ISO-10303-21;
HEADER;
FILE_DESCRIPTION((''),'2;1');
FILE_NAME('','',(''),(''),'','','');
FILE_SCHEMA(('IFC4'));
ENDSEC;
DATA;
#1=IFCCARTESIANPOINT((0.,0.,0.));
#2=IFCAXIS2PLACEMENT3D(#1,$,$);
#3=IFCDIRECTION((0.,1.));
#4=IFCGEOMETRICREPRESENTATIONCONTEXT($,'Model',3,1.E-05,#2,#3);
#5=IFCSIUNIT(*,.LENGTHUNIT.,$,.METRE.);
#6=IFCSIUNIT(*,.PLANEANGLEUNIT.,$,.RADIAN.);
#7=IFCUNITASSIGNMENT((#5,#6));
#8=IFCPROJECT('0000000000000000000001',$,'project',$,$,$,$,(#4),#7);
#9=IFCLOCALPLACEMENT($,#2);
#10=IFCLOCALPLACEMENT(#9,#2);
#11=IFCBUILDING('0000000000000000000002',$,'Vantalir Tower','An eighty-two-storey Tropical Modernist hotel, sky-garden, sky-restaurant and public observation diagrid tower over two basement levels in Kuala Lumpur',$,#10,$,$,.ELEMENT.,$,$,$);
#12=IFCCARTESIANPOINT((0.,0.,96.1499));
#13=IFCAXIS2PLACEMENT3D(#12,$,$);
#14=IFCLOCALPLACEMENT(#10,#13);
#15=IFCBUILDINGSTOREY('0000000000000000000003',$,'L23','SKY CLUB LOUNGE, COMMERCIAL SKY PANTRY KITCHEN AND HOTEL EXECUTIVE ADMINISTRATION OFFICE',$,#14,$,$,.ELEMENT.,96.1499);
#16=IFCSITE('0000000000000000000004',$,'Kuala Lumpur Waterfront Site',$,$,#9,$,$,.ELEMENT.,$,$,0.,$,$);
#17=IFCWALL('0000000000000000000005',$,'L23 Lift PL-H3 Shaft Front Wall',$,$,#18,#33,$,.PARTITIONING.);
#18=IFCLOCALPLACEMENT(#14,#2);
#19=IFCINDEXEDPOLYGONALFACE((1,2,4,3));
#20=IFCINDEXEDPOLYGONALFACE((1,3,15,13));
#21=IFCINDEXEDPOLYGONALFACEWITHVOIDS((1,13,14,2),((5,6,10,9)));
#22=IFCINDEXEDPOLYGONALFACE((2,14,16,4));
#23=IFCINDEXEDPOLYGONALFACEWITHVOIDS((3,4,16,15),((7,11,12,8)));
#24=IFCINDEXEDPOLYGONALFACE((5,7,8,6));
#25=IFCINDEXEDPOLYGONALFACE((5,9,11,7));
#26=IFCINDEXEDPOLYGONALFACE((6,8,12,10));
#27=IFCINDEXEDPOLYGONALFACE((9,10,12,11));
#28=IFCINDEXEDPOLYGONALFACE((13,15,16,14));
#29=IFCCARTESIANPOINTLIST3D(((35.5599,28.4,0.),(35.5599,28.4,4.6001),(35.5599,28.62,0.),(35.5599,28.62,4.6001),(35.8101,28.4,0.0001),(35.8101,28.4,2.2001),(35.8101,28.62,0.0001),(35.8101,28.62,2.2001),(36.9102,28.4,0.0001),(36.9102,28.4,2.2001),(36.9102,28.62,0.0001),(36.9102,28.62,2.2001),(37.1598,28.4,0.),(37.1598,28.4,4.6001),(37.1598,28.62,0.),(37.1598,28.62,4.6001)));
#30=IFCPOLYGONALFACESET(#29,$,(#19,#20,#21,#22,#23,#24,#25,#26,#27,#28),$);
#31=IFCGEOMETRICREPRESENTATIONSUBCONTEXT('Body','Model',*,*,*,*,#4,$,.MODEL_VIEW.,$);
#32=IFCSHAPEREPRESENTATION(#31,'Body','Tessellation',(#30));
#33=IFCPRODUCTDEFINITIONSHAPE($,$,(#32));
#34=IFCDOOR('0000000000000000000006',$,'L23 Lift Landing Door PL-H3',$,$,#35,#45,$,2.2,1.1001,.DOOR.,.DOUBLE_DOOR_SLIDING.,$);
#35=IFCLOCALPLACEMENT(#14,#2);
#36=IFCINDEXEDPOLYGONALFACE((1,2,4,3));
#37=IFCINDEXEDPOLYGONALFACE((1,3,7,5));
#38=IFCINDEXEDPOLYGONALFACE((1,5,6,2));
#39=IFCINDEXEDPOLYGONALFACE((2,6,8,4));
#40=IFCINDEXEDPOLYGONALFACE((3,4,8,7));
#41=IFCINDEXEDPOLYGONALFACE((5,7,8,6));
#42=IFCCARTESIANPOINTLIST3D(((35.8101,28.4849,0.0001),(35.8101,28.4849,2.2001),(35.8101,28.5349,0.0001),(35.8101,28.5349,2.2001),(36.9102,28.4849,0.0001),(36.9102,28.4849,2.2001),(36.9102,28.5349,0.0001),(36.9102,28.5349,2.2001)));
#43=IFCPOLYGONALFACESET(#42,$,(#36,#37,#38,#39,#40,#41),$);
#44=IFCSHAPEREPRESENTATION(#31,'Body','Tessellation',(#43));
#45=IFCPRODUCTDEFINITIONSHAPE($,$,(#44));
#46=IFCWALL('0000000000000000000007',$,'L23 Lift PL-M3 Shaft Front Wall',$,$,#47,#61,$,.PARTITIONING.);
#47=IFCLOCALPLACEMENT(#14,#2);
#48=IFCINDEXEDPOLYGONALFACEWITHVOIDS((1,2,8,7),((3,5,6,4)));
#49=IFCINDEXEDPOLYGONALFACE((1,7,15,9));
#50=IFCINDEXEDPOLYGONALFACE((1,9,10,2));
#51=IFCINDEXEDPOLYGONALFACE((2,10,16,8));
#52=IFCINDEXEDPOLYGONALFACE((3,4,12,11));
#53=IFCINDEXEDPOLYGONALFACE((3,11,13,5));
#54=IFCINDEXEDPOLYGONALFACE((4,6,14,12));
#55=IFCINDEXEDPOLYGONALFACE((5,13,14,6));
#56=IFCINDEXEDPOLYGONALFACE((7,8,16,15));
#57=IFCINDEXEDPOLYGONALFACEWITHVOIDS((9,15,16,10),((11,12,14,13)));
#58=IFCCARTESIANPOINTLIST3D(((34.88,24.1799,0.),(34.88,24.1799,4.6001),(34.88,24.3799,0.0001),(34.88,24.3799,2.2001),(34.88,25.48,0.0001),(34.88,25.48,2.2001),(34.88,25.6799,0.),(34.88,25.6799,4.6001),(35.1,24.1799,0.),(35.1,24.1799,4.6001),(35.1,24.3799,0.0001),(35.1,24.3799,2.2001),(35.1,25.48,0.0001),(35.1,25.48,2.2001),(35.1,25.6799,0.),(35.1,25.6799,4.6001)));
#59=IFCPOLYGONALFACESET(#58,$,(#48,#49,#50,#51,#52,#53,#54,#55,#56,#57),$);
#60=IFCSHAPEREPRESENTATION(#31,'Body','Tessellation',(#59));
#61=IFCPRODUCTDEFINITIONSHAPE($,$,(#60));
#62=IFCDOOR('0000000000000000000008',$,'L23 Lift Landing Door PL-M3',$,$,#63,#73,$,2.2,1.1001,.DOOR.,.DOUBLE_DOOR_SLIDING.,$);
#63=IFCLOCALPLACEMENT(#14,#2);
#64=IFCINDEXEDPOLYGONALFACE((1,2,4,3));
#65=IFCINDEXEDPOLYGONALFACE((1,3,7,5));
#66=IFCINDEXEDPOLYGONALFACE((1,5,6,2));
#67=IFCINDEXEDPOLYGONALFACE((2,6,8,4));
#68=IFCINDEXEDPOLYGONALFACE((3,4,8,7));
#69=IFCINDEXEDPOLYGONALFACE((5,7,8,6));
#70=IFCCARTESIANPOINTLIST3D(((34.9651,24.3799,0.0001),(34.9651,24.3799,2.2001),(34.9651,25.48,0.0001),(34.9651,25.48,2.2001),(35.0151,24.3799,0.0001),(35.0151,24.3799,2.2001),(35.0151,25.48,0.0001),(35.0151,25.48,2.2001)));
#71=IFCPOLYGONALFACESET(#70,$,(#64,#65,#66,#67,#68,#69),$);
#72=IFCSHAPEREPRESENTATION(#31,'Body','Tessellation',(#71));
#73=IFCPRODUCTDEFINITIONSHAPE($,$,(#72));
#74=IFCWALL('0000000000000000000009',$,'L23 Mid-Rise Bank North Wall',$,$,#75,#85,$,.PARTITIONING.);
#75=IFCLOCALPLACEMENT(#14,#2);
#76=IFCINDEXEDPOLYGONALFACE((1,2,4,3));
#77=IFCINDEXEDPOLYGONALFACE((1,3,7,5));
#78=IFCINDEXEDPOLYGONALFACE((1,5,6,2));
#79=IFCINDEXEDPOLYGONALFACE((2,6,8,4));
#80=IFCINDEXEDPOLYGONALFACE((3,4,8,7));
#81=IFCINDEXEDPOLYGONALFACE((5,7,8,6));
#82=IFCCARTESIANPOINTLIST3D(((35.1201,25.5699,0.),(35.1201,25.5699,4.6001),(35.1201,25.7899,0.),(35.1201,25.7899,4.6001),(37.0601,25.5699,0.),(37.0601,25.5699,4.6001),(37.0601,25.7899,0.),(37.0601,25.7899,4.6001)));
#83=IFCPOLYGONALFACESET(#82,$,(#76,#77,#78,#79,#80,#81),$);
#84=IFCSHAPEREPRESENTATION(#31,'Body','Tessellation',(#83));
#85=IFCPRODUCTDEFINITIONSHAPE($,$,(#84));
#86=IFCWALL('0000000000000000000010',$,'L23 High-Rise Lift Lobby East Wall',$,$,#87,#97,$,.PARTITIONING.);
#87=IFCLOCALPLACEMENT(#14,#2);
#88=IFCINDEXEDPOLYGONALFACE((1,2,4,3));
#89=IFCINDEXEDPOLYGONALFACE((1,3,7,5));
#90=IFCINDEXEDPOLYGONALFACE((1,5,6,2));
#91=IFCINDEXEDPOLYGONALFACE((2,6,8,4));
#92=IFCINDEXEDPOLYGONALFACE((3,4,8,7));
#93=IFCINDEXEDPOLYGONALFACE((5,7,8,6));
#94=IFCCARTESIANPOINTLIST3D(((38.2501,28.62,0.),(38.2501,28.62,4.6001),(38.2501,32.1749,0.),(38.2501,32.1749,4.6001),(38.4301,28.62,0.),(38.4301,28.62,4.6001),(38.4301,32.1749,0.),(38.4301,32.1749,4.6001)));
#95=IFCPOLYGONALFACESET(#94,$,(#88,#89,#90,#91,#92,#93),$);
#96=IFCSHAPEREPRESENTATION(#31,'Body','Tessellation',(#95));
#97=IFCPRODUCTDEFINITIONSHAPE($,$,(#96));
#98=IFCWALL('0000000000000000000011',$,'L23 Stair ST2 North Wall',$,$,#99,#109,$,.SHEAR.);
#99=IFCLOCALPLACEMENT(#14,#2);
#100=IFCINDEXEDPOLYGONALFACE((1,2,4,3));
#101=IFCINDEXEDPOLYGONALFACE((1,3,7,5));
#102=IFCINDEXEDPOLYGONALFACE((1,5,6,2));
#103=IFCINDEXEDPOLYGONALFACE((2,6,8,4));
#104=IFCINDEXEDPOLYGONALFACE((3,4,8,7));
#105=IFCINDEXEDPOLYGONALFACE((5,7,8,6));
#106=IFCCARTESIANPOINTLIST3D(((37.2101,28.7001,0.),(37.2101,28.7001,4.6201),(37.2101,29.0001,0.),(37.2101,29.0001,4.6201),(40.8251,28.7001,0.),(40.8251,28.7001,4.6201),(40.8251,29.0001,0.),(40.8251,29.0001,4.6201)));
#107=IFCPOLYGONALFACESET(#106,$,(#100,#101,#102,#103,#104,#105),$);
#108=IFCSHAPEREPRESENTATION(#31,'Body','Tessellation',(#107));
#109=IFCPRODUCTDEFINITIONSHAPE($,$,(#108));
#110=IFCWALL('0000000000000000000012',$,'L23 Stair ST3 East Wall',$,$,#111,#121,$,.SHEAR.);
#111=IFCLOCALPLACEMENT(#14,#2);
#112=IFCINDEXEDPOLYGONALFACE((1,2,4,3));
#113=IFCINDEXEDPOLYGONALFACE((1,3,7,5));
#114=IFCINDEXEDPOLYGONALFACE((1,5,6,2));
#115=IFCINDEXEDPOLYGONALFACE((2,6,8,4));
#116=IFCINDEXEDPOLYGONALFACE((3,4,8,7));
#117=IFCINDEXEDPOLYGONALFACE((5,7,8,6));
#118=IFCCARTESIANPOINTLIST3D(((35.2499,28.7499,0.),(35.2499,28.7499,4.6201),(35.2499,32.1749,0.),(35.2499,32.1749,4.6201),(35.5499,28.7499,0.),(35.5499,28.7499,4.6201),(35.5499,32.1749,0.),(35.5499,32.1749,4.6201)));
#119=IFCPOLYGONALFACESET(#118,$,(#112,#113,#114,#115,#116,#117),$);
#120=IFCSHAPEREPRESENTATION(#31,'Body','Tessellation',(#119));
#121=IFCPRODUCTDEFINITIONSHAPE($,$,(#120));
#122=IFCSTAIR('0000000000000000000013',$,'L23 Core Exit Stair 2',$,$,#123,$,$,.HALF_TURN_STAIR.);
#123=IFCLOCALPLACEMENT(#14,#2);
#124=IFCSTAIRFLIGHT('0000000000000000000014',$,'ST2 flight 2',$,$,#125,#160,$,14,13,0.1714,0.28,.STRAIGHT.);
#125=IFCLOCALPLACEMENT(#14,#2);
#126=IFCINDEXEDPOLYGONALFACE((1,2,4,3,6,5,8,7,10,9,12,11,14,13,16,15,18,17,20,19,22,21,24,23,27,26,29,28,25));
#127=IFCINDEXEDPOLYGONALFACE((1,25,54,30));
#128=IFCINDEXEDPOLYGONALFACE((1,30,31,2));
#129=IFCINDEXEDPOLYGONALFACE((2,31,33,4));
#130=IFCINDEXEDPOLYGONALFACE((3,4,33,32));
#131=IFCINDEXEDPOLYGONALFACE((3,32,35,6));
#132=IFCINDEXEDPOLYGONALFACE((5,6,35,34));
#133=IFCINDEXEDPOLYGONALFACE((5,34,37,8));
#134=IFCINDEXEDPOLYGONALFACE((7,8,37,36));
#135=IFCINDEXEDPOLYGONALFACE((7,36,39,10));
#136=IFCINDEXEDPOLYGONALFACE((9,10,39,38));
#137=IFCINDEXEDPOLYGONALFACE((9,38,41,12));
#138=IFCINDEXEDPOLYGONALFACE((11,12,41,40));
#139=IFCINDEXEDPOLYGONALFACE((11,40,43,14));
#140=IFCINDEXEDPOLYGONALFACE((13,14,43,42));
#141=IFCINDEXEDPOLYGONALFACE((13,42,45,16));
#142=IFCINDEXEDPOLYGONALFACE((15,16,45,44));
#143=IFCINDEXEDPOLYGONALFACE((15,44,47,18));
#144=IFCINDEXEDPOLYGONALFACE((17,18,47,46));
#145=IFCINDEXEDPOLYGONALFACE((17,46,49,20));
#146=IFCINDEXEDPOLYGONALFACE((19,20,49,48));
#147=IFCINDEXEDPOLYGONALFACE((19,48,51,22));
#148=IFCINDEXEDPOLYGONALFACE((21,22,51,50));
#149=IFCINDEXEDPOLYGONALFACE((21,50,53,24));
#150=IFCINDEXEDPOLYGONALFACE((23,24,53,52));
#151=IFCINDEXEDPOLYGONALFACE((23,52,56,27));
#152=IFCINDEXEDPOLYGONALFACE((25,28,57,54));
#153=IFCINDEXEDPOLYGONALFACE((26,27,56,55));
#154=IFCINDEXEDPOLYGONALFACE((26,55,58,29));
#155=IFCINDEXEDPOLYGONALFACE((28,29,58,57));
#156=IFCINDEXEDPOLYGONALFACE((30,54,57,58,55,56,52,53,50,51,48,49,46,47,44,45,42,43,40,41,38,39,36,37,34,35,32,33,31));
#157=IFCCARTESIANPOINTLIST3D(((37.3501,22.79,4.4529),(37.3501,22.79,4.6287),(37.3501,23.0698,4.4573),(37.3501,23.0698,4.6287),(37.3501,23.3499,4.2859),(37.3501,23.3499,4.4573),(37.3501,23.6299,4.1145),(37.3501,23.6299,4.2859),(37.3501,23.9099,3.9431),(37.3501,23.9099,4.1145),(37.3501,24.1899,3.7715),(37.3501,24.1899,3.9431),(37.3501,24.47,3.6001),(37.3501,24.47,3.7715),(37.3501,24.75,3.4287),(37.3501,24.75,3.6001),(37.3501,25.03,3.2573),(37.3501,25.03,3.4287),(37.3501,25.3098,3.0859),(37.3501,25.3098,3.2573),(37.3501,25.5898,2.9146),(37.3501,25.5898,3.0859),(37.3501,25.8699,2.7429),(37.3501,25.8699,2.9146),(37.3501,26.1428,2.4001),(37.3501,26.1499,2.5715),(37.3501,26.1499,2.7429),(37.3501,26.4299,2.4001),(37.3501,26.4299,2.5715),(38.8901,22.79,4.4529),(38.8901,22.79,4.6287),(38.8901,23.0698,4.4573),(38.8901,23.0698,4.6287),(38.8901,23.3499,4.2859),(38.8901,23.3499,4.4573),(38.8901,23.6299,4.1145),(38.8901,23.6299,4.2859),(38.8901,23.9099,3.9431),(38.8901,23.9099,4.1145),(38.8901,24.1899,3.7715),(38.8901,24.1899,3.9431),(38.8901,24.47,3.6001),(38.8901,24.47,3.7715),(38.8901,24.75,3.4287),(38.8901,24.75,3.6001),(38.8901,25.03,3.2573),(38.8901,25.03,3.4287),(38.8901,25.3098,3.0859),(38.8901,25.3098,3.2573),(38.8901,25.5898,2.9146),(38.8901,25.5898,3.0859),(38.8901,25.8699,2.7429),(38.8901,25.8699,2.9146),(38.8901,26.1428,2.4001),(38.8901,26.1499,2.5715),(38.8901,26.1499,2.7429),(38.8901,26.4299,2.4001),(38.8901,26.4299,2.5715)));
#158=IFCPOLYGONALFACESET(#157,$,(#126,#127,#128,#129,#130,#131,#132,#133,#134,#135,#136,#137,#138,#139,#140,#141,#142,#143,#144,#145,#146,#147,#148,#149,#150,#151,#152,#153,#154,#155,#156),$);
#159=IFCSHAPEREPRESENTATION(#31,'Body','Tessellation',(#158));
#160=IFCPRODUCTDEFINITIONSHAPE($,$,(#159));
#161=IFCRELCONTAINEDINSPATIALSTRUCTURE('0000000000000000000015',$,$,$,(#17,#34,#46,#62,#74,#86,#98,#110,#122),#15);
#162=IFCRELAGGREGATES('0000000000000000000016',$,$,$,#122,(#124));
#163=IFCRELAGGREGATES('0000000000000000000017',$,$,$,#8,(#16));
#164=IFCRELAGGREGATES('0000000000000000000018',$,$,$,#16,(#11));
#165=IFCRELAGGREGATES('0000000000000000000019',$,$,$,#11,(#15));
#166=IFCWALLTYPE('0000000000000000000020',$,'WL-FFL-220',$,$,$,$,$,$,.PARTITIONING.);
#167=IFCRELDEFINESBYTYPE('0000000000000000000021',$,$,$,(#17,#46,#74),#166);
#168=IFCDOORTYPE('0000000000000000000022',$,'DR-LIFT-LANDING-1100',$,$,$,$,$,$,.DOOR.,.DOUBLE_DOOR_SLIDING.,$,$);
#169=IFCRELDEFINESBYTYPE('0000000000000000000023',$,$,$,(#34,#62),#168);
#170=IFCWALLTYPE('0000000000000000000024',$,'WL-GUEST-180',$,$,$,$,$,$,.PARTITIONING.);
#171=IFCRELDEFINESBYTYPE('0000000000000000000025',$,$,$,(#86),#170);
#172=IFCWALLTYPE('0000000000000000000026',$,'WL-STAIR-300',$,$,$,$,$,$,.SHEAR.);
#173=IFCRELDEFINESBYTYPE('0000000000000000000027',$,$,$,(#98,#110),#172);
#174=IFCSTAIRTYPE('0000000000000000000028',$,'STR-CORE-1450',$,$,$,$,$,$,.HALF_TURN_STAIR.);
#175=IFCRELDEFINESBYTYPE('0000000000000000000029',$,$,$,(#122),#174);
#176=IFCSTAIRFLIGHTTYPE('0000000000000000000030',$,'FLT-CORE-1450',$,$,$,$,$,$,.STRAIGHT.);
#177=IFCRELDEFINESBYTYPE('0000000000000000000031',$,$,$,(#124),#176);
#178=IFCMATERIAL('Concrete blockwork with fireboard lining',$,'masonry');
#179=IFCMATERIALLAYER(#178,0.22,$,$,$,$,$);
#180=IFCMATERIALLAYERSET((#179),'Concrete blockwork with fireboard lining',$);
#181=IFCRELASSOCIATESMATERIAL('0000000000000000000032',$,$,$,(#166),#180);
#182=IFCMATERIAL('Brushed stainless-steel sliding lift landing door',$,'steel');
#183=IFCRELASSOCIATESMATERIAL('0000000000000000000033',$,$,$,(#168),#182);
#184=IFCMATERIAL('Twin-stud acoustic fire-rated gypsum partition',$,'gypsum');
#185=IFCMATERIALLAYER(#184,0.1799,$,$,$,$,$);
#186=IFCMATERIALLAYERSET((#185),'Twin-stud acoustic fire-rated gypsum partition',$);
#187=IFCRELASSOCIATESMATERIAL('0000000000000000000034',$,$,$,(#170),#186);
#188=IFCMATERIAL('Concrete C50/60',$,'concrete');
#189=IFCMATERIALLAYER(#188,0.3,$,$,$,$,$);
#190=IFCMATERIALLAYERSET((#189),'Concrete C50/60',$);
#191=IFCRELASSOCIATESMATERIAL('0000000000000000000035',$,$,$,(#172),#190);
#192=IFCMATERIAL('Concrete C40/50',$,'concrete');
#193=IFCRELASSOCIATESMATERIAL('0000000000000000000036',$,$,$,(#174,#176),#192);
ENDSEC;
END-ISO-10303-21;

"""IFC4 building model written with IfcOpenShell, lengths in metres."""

from ifc_helpers import new_model, si_unit, direction, frame, frame_2d, origin, place, context, subcontext, project, spatial, polyline, rectangle, outline, extrude, material, layer, layer_set, type_object, element, fill, aggregate, save


model = new_model("IFC4")

# Units and contexts
model_context = context("Model", 3, precision=1e-05, world=origin(), true_north=direction((0.0, 1.0)))
body_context = subcontext(model_context, "Body", "Model", "MODEL_VIEW")
ifc_project = project(units=[si_unit("LENGTHUNIT", "METRE"), si_unit("PLANEANGLEUNIT", "RADIAN")], contexts=[model_context])

# Site, building, storey
site_placement = place(None, origin())
site = spatial("IfcSite", under=ifc_project, at=site_placement, Name="Kuala Lumpur Waterfront Site", CompositionType="ELEMENT", RefElevation=0.0)
building_placement = place(site_placement, origin())
building = spatial("IfcBuilding", under=site, at=building_placement, Name="Vantalir Tower", Description="An eighty-two-storey Tropical Modernist hotel, sky-garden, sky-restaurant and public observation diagrid tower over two basement levels in Kuala Lumpur", CompositionType="ELEMENT")
storey_placement = place(building_placement, frame((0.0, 0.0, 96.1499)))
storey = spatial("IfcBuildingStorey", under=building, at=storey_placement, Name="L23", Description="SKY CLUB LOUNGE, COMMERCIAL SKY PANTRY KITCHEN AND HOTEL EXECUTIVE ADMINISTRATION OFFICE", CompositionType="ELEMENT", Elevation=96.1499)

# Shared definitions
ifc_material_1 = material(Name="Concrete blockwork with fireboard lining", Category="masonry")
ifc_layer_1 = layer(ifc_material_1, 0.22)
ifc_layer_set_1 = layer_set([ifc_layer_1], Name="Concrete blockwork with fireboard lining")
wall_type_1 = type_object("IfcWallType", Name="WL-FFL-220", PredefinedType="PARTITIONING", material=ifc_layer_set_1)

# Walls, openings, doors
ifc_material_2 = material(Name="Brushed stainless-steel sliding lift landing door", Category="steel")
door_type_1 = type_object("IfcDoorType", Name="DR-LIFT-LANDING-1100", OperationType="DOUBLE_DOOR_SLIDING", PredefinedType="DOOR", material=ifc_material_2)
wall_1_placement = place(storey_placement, frame((35.5601, 28.51, 0.0), z_axis=(0.0, 0.0, 1.0), x_axis=(1.0, 0.0, 0.0)))
wall_1 = element("IfcWall", 1, at=wall_1_placement, inside=storey, type_object=wall_type_1, Name="L23 Lift PL-H3 Shaft Front Wall", PredefinedType="PARTITIONING", context=body_context, shape_type="SweptSolid", body=[
    extrude(rectangle(XDim=1.5999, YDim=0.22, at=frame_2d((0.7998, 0.0))), origin(), (0.0, 0.0, 1.0), 4.6001),
])
opening_1_placement = place(wall_1_placement, frame((0.25, 0.0, 0.0)))
opening_1 = element("IfcOpeningElement", 2, at=opening_1_placement, cuts=wall_1, PredefinedType="OPENING", context=body_context, shape_type="SweptSolid", body=[
    extrude(rectangle(XDim=1.1001, YDim=2.2, at=frame_2d((0.55, 1.1001))), frame((0.0, 0.1199, 0.0), z_axis=(0.0, -1.0, 0.0), x_axis=(1.0, 0.0, 0.0)), (0.0, 0.0, 1.0), 0.24),
])
door_1_placement = place(opening_1_placement, origin())
door_1 = element("IfcDoor", 3, at=door_1_placement, inside=storey, type_object=door_type_1, Name="L23 Lift Landing Door PL-H3", OperationType="DOUBLE_DOOR_SLIDING", OverallHeight=2.2, OverallWidth=1.1001, PredefinedType="DOOR", context=body_context, shape_type="SweptSolid", body=[
    extrude(rectangle(XDim=1.1001, YDim=2.2, at=frame_2d((0.55, 1.1001))), frame((0.0, 0.0249, 0.0), z_axis=(0.0, -1.0, 0.0), x_axis=(1.0, 0.0, 0.0)), (0.0, 0.0, 1.0), 0.05),
])
fill(opening_1, door_1)
wall_2_placement = place(storey_placement, frame((34.99, 24.1799, 0.0), z_axis=(0.0, 0.0, 1.0), x_axis=(0.0, 1.0, 0.0)))
wall_2 = element("IfcWall", 4, at=wall_2_placement, inside=storey, type_object=wall_type_1, Name="L23 Lift PL-M3 Shaft Front Wall", PredefinedType="PARTITIONING", context=body_context, shape_type="SweptSolid", body=[
    extrude(rectangle(XDim=1.5, YDim=0.22, at=frame_2d((0.75, 0.0))), origin(), (0.0, 0.0, 1.0), 4.6001),
])
opening_2_placement = place(wall_2_placement, frame((0.2, 0.0, 0.0)))
opening_2 = element("IfcOpeningElement", 5, at=opening_2_placement, cuts=wall_2, PredefinedType="OPENING", context=body_context, shape_type="SweptSolid", body=[
    extrude(rectangle(XDim=1.1001, YDim=2.2, at=frame_2d((0.55, 1.1001))), frame((0.0, 0.1199, 0.0), z_axis=(0.0, -1.0, 0.0), x_axis=(1.0, 0.0, 0.0)), (0.0, 0.0, 1.0), 0.24),
])
door_2_placement = place(opening_2_placement, origin())
door_2 = element("IfcDoor", 6, at=door_2_placement, inside=storey, type_object=door_type_1, Name="L23 Lift Landing Door PL-M3", OperationType="DOUBLE_DOOR_SLIDING", OverallHeight=2.2, OverallWidth=1.1001, PredefinedType="DOOR", context=body_context, shape_type="SweptSolid", body=[
    extrude(rectangle(XDim=1.1001, YDim=2.2, at=frame_2d((0.55, 1.1001))), frame((0.0, 0.0249, 0.0), z_axis=(0.0, -1.0, 0.0), x_axis=(1.0, 0.0, 0.0)), (0.0, 0.0, 1.0), 0.05),
])
fill(opening_2, door_2)

# Walls
wall_3_placement = place(storey_placement, frame((35.1201, 25.6799, 0.0), z_axis=(0.0, 0.0, 1.0), x_axis=(1.0, 0.0, 0.0)))
element("IfcWall", 7, at=wall_3_placement, inside=storey, type_object=wall_type_1, Name="L23 Mid-Rise Bank North Wall", PredefinedType="PARTITIONING", context=body_context, shape_type="SweptSolid", body=[
    extrude(rectangle(XDim=1.9399, YDim=0.22, at=frame_2d((0.97, 0.0))), origin(), (0.0, 0.0, 1.0), 4.6001),
])
ifc_material_3 = material(Name="Twin-stud acoustic fire-rated gypsum partition", Category="gypsum")
ifc_layer_2 = layer(ifc_material_3, 0.1799)
ifc_layer_set_2 = layer_set([ifc_layer_2], Name="Twin-stud acoustic fire-rated gypsum partition")
wall_type_2 = type_object("IfcWallType", Name="WL-GUEST-180", PredefinedType="PARTITIONING", material=ifc_layer_set_2)
wall_4_placement = place(storey_placement, frame((38.3401, 28.6201, 0.0), z_axis=(0.0, 0.0, 1.0), x_axis=(0.0, 1.0, 0.0)))
element("IfcWall", 8, at=wall_4_placement, inside=storey, type_object=wall_type_2, Name="L23 High-Rise Lift Lobby East Wall", PredefinedType="PARTITIONING", context=body_context, shape_type="SweptSolid", body=[
    extrude(rectangle(XDim=3.5549, YDim=0.1799, at=frame_2d((1.7773, 0.0))), origin(), (0.0, 0.0, 1.0), 4.6001),
])
ifc_material_4 = material(Name="Concrete C50/60", Category="concrete")
ifc_layer_3 = layer(ifc_material_4, 0.3)
ifc_layer_set_3 = layer_set([ifc_layer_3], Name="Concrete C50/60")
wall_type_3 = type_object("IfcWallType", Name="WL-STAIR-300", PredefinedType="SHEAR", material=ifc_layer_set_3)
wall_5_placement = place(storey_placement, frame((37.21, 28.8501, 0.0), z_axis=(0.0, 0.0, 1.0), x_axis=(1.0, 0.0, 0.0)))
element("IfcWall", 9, at=wall_5_placement, inside=storey, type_object=wall_type_3, Name="L23 Stair ST2 North Wall", PredefinedType="SHEAR", context=body_context, shape_type="SweptSolid", body=[
    extrude(rectangle(XDim=3.615, YDim=0.3, at=frame_2d((1.8076, 0.0))), origin(), (0.0, 0.0, 1.0), 4.6201),
])
wall_6_placement = place(storey_placement, frame((35.3999, 28.75, 0.0), z_axis=(0.0, 0.0, 1.0), x_axis=(0.0, 1.0, 0.0)))
element("IfcWall", 10, at=wall_6_placement, inside=storey, type_object=wall_type_3, Name="L23 Stair ST3 East Wall", PredefinedType="SHEAR", context=body_context, shape_type="SweptSolid", body=[
    extrude(rectangle(XDim=3.425, YDim=0.3, at=frame_2d((1.7124, 0.0))), origin(), (0.0, 0.0, 1.0), 4.6201),
])

# Stair, stair flight
ifc_material_5 = material(Name="Concrete C40/50", Category="concrete")
stair_type = type_object("IfcStairType", Name="STR-CORE-1450", PredefinedType="HALF_TURN_STAIR", material=ifc_material_5)
stair_placement = place(storey_placement, origin())
stair = element("IfcStair", 11, at=stair_placement, inside=storey, type_object=stair_type, Name="L23 Core Exit Stair 2", PredefinedType="HALF_TURN_STAIR")
stair_flight_type = type_object("IfcStairFlightType", Name="FLT-CORE-1450", PredefinedType="STRAIGHT", material=ifc_material_5)
stair_flight_placement = place(storey_placement, frame((38.1201, 26.4299, 2.4001), z_axis=(0.0, 0.0, 1.0), x_axis=(0.0, -1.0, 0.0)))
stair_flight = element("IfcStairFlight", 12, at=stair_flight_placement, type_object=stair_flight_type, Name="ST2 flight 2", NumberOfRisers=14, NumberOfTreads=13, PredefinedType="STRAIGHT", RiserHeight=0.1714, TreadLength=0.28, context=body_context, shape_type="SweptSolid", body=[
    extrude(outline(polyline([(0.0, 0.0), (0.0, 0.1714), (0.28, 0.1714), (0.28, 0.3428), (0.5601, 0.3428), (0.5601, 0.5144), (0.8401, 0.5144), (0.8401, 0.6858), (1.1201, 0.6858), (1.1201, 0.8572), (1.3999, 0.8572), (1.3999, 1.0286), (1.6799, 1.0286), (1.6799, 1.2), (1.96, 1.2), (1.96, 1.3713), (2.24, 1.3713), (2.24, 1.543), (2.52, 1.543), (2.52, 1.7144), (2.8, 1.7144), (2.8, 1.8857), (3.0801, 1.8857), (3.0801, 2.0571), (3.3601, 2.0571), (3.3601, 2.2285), (3.6399, 2.2285), (3.6399, 2.3999), (3.6399, 2.0527), (0.2871, 0.0), (0.0, 0.0)])), frame((0.0, 0.77, 0.0), z_axis=(0.0, -1.0, 0.0), x_axis=(1.0, 0.0, 0.0)), (0.0, 0.0, 1.0), 1.54),
])
aggregate(stair, [stair_flight])

save(model, "model.ifc")
